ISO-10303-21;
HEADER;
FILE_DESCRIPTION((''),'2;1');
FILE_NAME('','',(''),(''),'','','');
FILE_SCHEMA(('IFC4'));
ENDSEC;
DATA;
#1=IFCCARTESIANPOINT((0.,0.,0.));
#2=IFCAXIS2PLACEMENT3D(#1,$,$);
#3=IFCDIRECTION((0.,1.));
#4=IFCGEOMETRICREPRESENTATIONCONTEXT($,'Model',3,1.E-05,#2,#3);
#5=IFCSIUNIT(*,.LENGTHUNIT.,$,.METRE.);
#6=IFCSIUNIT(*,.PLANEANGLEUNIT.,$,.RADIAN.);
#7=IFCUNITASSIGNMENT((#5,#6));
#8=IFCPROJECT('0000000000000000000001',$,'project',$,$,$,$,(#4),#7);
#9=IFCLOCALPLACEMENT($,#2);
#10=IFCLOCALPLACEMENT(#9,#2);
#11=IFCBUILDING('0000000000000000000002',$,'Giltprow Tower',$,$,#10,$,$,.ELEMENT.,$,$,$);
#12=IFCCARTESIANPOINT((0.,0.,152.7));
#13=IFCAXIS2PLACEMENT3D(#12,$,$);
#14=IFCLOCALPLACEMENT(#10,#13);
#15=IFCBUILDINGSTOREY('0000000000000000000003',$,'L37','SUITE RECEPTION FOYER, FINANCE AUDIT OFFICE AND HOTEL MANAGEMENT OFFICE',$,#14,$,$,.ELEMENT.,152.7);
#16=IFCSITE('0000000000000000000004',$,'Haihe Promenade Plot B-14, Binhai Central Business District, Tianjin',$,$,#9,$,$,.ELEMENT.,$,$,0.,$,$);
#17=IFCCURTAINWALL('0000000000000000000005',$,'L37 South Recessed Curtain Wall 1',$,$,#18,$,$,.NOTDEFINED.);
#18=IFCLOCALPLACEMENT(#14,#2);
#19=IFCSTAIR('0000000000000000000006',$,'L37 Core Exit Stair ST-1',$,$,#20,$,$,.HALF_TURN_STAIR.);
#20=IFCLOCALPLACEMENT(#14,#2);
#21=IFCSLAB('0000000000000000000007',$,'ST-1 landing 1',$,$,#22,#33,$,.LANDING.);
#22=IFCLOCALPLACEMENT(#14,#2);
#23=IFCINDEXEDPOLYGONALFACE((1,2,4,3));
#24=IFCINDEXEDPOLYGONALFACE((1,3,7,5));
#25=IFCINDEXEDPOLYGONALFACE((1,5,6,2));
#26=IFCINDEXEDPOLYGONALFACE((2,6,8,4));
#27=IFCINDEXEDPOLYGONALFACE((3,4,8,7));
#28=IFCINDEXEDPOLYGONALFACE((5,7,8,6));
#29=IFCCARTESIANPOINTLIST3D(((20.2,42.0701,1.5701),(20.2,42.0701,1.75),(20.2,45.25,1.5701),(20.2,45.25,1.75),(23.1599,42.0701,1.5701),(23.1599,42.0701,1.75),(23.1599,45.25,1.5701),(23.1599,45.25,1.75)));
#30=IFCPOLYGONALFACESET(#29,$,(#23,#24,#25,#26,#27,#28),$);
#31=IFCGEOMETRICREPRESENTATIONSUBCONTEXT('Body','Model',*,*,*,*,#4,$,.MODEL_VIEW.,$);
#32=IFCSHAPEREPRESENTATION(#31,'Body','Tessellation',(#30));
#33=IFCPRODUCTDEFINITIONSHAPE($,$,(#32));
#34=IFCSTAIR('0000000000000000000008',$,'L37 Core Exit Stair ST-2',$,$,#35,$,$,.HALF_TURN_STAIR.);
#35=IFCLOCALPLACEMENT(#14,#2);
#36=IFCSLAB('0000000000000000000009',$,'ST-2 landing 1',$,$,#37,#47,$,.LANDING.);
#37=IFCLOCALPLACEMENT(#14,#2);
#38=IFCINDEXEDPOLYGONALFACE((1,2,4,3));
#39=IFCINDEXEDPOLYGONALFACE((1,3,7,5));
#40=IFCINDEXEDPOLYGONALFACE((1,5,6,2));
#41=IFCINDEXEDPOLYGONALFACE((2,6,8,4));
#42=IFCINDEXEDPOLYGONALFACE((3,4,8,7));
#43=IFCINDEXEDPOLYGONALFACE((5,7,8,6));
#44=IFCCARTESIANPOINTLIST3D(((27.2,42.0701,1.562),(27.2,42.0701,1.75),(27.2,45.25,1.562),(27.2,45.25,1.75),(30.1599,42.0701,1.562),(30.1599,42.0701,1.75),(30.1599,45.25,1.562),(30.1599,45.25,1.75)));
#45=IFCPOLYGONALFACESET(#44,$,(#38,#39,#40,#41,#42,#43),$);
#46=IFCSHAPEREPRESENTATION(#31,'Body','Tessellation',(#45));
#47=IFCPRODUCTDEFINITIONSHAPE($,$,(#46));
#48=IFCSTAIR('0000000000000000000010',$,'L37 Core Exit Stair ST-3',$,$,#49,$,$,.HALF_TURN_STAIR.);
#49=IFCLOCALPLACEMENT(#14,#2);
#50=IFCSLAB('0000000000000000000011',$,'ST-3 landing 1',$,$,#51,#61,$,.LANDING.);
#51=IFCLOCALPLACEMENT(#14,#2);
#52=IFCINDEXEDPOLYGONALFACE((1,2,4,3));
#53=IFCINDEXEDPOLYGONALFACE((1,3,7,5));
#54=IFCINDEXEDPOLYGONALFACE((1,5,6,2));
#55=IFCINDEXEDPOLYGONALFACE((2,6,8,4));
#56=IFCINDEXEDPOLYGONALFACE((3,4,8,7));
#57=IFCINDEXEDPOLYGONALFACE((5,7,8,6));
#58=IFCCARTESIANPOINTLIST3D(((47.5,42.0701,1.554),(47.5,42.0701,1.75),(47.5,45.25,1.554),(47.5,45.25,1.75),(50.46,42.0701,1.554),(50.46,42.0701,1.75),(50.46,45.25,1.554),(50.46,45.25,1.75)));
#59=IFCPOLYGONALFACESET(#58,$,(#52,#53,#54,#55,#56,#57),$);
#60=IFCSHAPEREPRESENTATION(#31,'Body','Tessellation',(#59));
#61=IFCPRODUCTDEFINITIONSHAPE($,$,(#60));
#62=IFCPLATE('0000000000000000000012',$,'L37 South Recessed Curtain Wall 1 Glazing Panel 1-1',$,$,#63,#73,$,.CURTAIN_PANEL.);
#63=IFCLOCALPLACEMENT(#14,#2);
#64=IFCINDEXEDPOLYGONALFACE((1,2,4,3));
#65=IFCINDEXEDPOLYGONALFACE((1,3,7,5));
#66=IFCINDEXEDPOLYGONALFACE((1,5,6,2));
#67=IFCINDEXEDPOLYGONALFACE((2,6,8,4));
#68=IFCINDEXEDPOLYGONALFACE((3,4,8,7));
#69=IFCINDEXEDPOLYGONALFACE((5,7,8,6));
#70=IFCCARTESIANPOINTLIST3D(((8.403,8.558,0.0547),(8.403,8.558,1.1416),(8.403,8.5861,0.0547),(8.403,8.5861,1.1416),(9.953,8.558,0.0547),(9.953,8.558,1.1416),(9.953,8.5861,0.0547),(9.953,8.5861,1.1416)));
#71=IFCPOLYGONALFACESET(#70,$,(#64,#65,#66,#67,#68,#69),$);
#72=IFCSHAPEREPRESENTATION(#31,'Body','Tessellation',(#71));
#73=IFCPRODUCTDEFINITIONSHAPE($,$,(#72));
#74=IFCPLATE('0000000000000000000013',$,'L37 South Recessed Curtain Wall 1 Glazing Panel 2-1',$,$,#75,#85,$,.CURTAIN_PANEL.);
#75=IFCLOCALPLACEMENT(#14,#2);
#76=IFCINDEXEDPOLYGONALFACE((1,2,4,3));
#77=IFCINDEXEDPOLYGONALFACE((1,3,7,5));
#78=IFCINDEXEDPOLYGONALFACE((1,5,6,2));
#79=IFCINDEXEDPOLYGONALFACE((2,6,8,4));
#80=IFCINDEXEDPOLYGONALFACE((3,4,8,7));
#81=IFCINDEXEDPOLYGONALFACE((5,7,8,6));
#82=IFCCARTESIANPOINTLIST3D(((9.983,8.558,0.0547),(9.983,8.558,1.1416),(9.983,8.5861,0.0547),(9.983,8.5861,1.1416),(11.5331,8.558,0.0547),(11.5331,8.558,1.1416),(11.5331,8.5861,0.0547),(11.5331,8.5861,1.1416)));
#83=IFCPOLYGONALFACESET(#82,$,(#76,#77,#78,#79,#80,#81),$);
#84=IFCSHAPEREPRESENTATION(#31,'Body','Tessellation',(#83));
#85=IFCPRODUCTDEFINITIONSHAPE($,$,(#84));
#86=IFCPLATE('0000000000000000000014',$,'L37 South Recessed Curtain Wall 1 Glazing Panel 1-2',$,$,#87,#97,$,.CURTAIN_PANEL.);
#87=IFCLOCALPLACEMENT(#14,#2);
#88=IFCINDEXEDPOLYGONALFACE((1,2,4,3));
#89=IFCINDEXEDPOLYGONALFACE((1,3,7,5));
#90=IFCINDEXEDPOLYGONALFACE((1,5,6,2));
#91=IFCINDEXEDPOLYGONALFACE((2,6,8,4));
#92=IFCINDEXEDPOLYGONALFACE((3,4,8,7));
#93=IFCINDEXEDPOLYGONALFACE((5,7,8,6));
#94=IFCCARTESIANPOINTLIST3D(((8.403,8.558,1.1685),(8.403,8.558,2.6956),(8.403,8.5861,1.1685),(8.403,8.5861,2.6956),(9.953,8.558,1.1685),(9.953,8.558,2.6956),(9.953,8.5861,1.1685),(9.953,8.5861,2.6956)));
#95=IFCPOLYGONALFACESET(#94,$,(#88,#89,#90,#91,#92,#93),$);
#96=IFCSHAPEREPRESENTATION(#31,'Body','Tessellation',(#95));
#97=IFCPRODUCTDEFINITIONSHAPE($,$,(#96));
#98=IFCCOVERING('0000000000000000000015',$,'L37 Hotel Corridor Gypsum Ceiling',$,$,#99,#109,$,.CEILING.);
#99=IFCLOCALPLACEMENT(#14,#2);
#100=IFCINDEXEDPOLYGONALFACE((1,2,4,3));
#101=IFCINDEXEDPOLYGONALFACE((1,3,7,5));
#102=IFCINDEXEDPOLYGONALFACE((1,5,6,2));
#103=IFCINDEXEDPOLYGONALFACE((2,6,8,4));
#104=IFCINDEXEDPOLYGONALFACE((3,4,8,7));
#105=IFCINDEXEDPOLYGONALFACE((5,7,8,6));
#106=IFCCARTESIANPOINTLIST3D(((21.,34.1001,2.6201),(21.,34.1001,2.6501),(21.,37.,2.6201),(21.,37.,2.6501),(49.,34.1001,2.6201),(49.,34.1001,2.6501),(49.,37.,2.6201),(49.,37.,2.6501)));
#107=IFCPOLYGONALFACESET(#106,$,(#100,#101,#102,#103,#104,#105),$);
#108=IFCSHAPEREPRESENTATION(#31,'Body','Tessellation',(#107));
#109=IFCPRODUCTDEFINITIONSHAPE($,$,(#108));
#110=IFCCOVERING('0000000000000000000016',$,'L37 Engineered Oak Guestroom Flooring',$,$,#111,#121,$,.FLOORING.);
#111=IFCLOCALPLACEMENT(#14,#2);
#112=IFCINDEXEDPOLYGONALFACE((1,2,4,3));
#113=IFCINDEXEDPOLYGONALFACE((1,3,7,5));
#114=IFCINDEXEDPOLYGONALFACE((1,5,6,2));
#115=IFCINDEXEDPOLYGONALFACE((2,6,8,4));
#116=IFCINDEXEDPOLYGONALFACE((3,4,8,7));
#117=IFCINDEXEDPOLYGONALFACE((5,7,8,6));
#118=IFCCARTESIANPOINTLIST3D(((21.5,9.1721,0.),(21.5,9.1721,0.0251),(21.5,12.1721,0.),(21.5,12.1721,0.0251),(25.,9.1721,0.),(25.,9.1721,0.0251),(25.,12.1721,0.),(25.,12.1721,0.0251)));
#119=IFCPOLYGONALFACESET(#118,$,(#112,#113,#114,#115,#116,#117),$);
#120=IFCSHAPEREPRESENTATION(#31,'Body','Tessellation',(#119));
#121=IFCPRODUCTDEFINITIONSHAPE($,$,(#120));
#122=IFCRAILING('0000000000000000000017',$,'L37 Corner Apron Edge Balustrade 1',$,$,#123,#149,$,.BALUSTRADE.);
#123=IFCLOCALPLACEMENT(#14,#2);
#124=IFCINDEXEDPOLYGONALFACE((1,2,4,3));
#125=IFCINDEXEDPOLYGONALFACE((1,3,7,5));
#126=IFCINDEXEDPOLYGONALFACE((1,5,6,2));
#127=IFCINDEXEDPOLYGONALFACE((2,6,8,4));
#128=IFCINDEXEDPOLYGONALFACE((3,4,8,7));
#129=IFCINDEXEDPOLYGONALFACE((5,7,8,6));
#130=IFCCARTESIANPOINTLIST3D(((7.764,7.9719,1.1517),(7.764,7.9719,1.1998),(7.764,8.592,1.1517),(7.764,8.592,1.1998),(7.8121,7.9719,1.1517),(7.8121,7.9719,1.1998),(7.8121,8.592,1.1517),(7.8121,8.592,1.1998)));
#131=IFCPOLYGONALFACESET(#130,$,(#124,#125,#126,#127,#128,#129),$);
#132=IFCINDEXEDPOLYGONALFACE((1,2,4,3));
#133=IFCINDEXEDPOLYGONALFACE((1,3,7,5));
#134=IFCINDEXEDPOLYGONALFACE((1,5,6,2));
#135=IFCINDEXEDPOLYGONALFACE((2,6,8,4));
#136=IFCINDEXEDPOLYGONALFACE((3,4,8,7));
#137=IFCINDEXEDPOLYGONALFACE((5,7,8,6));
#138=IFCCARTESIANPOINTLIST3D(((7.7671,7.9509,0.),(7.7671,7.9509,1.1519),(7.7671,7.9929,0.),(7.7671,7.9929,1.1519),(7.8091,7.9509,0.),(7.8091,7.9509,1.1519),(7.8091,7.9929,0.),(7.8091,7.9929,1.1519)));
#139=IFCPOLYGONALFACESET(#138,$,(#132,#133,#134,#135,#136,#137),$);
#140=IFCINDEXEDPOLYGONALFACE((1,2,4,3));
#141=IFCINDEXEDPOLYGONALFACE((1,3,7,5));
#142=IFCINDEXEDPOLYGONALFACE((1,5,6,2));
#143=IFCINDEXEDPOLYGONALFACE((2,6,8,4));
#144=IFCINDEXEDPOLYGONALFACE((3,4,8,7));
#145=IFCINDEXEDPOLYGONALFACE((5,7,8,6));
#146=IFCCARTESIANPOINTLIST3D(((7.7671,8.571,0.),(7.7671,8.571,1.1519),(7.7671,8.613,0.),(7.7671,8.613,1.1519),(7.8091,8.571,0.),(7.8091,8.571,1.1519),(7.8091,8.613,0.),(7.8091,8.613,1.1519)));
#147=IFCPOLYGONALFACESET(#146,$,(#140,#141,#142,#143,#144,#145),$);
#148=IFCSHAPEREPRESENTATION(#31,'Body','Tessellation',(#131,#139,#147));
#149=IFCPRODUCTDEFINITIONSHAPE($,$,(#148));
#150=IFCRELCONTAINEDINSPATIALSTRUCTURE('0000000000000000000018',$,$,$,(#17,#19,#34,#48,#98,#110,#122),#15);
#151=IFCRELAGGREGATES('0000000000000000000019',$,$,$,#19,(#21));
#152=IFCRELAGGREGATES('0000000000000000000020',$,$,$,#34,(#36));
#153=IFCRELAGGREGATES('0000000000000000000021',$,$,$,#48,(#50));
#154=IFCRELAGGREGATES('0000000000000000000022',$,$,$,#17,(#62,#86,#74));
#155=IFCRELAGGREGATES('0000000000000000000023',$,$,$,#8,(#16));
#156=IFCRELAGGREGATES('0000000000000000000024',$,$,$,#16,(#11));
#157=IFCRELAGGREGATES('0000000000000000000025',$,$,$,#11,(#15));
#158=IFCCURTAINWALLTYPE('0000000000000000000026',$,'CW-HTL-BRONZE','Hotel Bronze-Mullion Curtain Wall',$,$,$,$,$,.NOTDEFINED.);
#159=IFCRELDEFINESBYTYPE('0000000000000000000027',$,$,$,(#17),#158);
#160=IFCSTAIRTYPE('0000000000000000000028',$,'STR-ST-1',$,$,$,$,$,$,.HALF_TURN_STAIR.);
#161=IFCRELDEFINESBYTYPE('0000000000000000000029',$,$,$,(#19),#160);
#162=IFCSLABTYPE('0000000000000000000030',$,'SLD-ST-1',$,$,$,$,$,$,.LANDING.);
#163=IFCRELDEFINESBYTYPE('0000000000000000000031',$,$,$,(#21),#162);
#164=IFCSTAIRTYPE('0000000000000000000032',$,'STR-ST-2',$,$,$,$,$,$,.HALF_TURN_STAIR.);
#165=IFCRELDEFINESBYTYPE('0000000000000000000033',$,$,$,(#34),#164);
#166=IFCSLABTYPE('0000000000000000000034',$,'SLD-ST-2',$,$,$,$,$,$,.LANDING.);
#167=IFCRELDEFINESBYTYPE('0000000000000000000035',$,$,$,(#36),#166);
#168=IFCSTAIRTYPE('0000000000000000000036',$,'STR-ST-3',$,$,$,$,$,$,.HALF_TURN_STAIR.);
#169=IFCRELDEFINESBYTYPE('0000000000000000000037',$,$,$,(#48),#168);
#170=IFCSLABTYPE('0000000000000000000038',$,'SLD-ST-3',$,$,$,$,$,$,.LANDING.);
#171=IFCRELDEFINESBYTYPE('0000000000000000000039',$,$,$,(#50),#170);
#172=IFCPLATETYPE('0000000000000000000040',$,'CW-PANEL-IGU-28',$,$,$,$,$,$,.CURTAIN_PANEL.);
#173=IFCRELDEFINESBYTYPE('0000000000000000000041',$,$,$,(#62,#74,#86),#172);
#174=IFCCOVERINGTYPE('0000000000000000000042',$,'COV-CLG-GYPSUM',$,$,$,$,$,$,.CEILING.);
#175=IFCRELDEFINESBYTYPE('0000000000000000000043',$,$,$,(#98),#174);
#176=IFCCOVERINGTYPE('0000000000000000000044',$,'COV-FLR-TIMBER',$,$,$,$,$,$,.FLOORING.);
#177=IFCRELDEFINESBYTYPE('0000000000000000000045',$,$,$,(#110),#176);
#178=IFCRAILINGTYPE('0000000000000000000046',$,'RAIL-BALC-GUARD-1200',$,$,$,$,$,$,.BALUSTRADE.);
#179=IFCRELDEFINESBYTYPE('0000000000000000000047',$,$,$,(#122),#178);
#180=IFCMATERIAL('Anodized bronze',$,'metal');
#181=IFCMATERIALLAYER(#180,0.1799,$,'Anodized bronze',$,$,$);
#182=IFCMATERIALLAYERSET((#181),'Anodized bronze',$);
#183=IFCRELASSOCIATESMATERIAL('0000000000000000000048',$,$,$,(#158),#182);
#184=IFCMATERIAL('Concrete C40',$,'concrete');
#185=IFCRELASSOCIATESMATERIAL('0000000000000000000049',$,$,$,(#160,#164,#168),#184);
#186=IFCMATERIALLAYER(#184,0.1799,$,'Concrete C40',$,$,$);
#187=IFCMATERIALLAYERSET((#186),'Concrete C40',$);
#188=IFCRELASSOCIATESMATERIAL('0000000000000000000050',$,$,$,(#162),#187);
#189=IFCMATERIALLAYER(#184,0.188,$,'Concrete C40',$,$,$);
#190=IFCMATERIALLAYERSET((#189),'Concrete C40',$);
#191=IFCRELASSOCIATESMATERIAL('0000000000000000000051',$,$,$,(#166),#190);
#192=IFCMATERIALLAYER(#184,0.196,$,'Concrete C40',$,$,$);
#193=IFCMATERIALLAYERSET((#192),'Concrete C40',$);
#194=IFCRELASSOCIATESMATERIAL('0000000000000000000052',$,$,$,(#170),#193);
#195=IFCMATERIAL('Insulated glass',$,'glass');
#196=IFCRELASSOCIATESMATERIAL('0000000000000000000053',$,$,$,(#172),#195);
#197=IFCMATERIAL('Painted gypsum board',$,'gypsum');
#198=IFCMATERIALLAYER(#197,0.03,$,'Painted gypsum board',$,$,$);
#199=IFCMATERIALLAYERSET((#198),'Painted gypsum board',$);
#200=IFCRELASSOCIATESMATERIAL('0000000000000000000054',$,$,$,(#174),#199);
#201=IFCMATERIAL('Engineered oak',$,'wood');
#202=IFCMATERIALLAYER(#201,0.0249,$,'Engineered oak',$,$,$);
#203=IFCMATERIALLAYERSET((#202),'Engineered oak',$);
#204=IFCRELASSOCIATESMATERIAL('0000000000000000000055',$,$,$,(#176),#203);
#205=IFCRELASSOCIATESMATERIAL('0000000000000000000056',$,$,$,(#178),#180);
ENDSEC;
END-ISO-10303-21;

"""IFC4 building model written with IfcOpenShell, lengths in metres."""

from ifc_helpers import new_model, si_unit, direction, frame, origin, origin_2d, place, context, subcontext, project, spatial, polyline, rectangle, outline, extrude, source, transform, mapped, material, layer, layer_set, type_object, element, aggregate, save


model = new_model("IFC4")

# Units and contexts
model_context = context("Model", 3, precision=1e-05, world=origin(), true_north=direction((0.0, 1.0)))
body_context = subcontext(model_context, "Body", "Model", "MODEL_VIEW")
ifc_project = project(units=[si_unit("LENGTHUNIT", "METRE"), si_unit("PLANEANGLEUNIT", "RADIAN")], contexts=[model_context])

# Site, building, storey
site_placement = place(None, origin())
site = spatial("IfcSite", under=ifc_project, at=site_placement, Name="Haihe Promenade Plot B-14, Binhai Central Business District, Tianjin", CompositionType="ELEMENT", RefElevation=0.0)
building_placement = place(site_placement, origin())
building = spatial("IfcBuilding", under=site, at=building_placement, Name="Giltprow Tower", CompositionType="ELEMENT")
storey_placement = place(building_placement, frame((0.0, 0.0, 152.7)))
storey = spatial("IfcBuildingStorey", under=building, at=storey_placement, Name="L37", Description="SUITE RECEPTION FOYER, FINANCE AUDIT OFFICE AND HOTEL MANAGEMENT OFFICE", CompositionType="ELEMENT", Elevation=152.7)

# Curtain wall
ifc_material_1 = material(Name="Anodized bronze", Category="metal")
ifc_layer_1 = layer(ifc_material_1, 0.1799, Name="Anodized bronze")
ifc_layer_set_1 = layer_set([ifc_layer_1], Name="Anodized bronze")
curtain_wall_type = type_object("IfcCurtainWallType", Name="CW-HTL-BRONZE", Description="Hotel Bronze-Mullion Curtain Wall", PredefinedType="NOTDEFINED", material=ifc_layer_set_1)
curtain_wall_placement = place(storey_placement, origin())
curtain_wall = element("IfcCurtainWall", 1, at=curtain_wall_placement, inside=storey, type_object=curtain_wall_type, Name="L37 South Recessed Curtain Wall 1", PredefinedType="NOTDEFINED")

# Shared definitions
ifc_material_2 = material(Name="Concrete C40", Category="concrete")

# Stairs, slabs
stair_type_1 = type_object("IfcStairType", Name="STR-ST-1", PredefinedType="HALF_TURN_STAIR", material=ifc_material_2)
stair_1_placement = place(storey_placement, origin())
stair_1 = element("IfcStair", 2, at=stair_1_placement, inside=storey, type_object=stair_type_1, Name="L37 Core Exit Stair ST-1", PredefinedType="HALF_TURN_STAIR")
ifc_layer_2 = layer(ifc_material_2, 0.1799, Name="Concrete C40")
ifc_layer_set_2 = layer_set([ifc_layer_2], Name="Concrete C40")
slab_type_1 = type_object("IfcSlabType", Name="SLD-ST-1", PredefinedType="LANDING", material=ifc_layer_set_2)
slab_1_placement = place(storey_placement, frame((0.0, 0.0, 1.5701)))
slab_1 = element("IfcSlab", 3, at=slab_1_placement, type_object=slab_type_1, Name="ST-1 landing 1", PredefinedType="LANDING", context=body_context, shape_type="SweptSolid", body=[
    extrude(outline(polyline([(23.1599, 42.0701), (23.1599, 45.25), (20.2, 45.25), (20.2, 42.0701), (23.1599, 42.0701)])), origin(), (0.0, 0.0, 1.0), 0.1799),
])
aggregate(stair_1, [slab_1])
stair_type_2 = type_object("IfcStairType", Name="STR-ST-2", PredefinedType="HALF_TURN_STAIR", material=ifc_material_2)
stair_2_placement = place(storey_placement, origin())
stair_2 = element("IfcStair", 4, at=stair_2_placement, inside=storey, type_object=stair_type_2, Name="L37 Core Exit Stair ST-2", PredefinedType="HALF_TURN_STAIR")
ifc_layer_3 = layer(ifc_material_2, 0.188, Name="Concrete C40")
ifc_layer_set_3 = layer_set([ifc_layer_3], Name="Concrete C40")
slab_type_2 = type_object("IfcSlabType", Name="SLD-ST-2", PredefinedType="LANDING", material=ifc_layer_set_3)
slab_2_placement = place(storey_placement, frame((0.0, 0.0, 1.562)))
slab_2 = element("IfcSlab", 5, at=slab_2_placement, type_object=slab_type_2, Name="ST-2 landing 1", PredefinedType="LANDING", context=body_context, shape_type="SweptSolid", body=[
    extrude(outline(polyline([(30.1599, 42.0701), (30.1599, 45.25), (27.2, 45.25), (27.2, 42.0701), (30.1599, 42.0701)])), origin(), (0.0, 0.0, 1.0), 0.188),
])
aggregate(stair_2, [slab_2])
stair_type_3 = type_object("IfcStairType", Name="STR-ST-3", PredefinedType="HALF_TURN_STAIR", material=ifc_material_2)
stair_3_placement = place(storey_placement, origin())
stair_3 = element("IfcStair", 6, at=stair_3_placement, inside=storey, type_object=stair_type_3, Name="L37 Core Exit Stair ST-3", PredefinedType="HALF_TURN_STAIR")
ifc_layer_4 = layer(ifc_material_2, 0.196, Name="Concrete C40")
ifc_layer_set_4 = layer_set([ifc_layer_4], Name="Concrete C40")
slab_type_3 = type_object("IfcSlabType", Name="SLD-ST-3", PredefinedType="LANDING", material=ifc_layer_set_4)
slab_3_placement = place(storey_placement, frame((0.0, 0.0, 1.554)))
slab_3 = element("IfcSlab", 7, at=slab_3_placement, type_object=slab_type_3, Name="ST-3 landing 1", PredefinedType="LANDING", context=body_context, shape_type="SweptSolid", body=[
    extrude(outline(polyline([(50.46, 42.0701), (50.46, 45.25), (47.5, 45.25), (47.5, 42.0701), (50.46, 42.0701)])), origin(), (0.0, 0.0, 1.0), 0.196),
])
aggregate(stair_3, [slab_3])

# Plates
ifc_material_3 = material(Name="Insulated glass", Category="glass")
plate_type = type_object("IfcPlateType", Name="CW-PANEL-IGU-28", PredefinedType="CURTAIN_PANEL", material=ifc_material_3)
shared_shape_1 = source(origin(), body_context, "Body", "SweptSolid", [
    extrude(rectangle(XDim=1.55, YDim=0.0281, at=origin_2d()), origin(), (0.0, 0.0, 1.0), 1.0869),
])
plate_1_placement = place(storey_placement, frame((9.178, 8.572, 0.0547), z_axis=(0.0, 0.0, 1.0), x_axis=(1.0, 0.0, 0.0)))
plate_1 = element("IfcPlate", 8, at=plate_1_placement, type_object=plate_type, Name="L37 South Recessed Curtain Wall 1 Glazing Panel 1-1", PredefinedType="CURTAIN_PANEL", context=body_context, shape_type="MappedRepresentation", body=[
    mapped(shared_shape_1, transform((0.0, 0.0, 0.0), x_axis=(1.0, 0.0, 0.0), y_axis=(0.0, 1.0, 0.0), z_axis=(0.0, 0.0, 1.0), scale=1.0)),
])
plate_2_placement = place(storey_placement, frame((10.7581, 8.572, 0.0547), z_axis=(0.0, 0.0, 1.0), x_axis=(1.0, 0.0, 0.0)))
plate_2 = element("IfcPlate", 9, at=plate_2_placement, type_object=plate_type, Name="L37 South Recessed Curtain Wall 1 Glazing Panel 2-1", PredefinedType="CURTAIN_PANEL", context=body_context, shape_type="MappedRepresentation", body=[
    mapped(shared_shape_1, transform((0.0, 0.0, 0.0), x_axis=(1.0, 0.0, 0.0), y_axis=(0.0, 1.0, 0.0), z_axis=(0.0, 0.0, 1.0), scale=1.0)),
])
shared_shape_2 = source(origin(), body_context, "Body", "SweptSolid", [
    extrude(rectangle(XDim=1.55, YDim=0.0281, at=origin_2d()), origin(), (0.0, 0.0, 1.0), 1.5271),
])
plate_3_placement = place(storey_placement, frame((9.178, 8.572, 1.1685), z_axis=(0.0, 0.0, 1.0), x_axis=(1.0, 0.0, 0.0)))
plate_3 = element("IfcPlate", 10, at=plate_3_placement, type_object=plate_type, Name="L37 South Recessed Curtain Wall 1 Glazing Panel 1-2", PredefinedType="CURTAIN_PANEL", context=body_context, shape_type="MappedRepresentation", body=[
    mapped(shared_shape_2, transform((0.0, 0.0, 0.0), x_axis=(1.0, 0.0, 0.0), y_axis=(0.0, 1.0, 0.0), z_axis=(0.0, 0.0, 1.0), scale=1.0)),
])
aggregate(curtain_wall, [plate_1, plate_3, plate_2])

# Coverings
ifc_material_4 = material(Name="Painted gypsum board", Category="gypsum")
ifc_layer_5 = layer(ifc_material_4, 0.03, Name="Painted gypsum board")
ifc_layer_set_5 = layer_set([ifc_layer_5], Name="Painted gypsum board")
covering_type_1 = type_object("IfcCoveringType", Name="COV-CLG-GYPSUM", PredefinedType="CEILING", material=ifc_layer_set_5)
covering_1_placement = place(storey_placement, frame((0.0, 0.0, 2.6201)))
element("IfcCovering", 11, at=covering_1_placement, inside=storey, type_object=covering_type_1, Name="L37 Hotel Corridor Gypsum Ceiling", PredefinedType="CEILING", context=body_context, shape_type="SweptSolid", body=[
    extrude(outline(polyline([(21.0, 34.1001), (49.0, 34.1001), (49.0, 37.0), (21.0, 37.0), (21.0, 34.1001)])), origin(), (0.0, 0.0, 1.0), 0.03),
])
ifc_material_5 = material(Name="Engineered oak", Category="wood")
ifc_layer_6 = layer(ifc_material_5, 0.0249, Name="Engineered oak")
ifc_layer_set_6 = layer_set([ifc_layer_6], Name="Engineered oak")
covering_type_2 = type_object("IfcCoveringType", Name="COV-FLR-TIMBER", PredefinedType="FLOORING", material=ifc_layer_set_6)
covering_2_placement = place(storey_placement, origin())
element("IfcCovering", 12, at=covering_2_placement, inside=storey, type_object=covering_type_2, Name="L37 Engineered Oak Guestroom Flooring", PredefinedType="FLOORING", context=body_context, shape_type="SweptSolid", body=[
    extrude(outline(polyline([(21.5, 9.1721), (25.0, 9.1721), (25.0, 12.1721), (21.5, 12.1721), (21.5, 9.1721)])), origin(), (0.0, 0.0, 1.0), 0.0251),
])

# Railing
railing_type = type_object("IfcRailingType", Name="RAIL-BALC-GUARD-1200", PredefinedType="BALUSTRADE", material=ifc_material_1)
railing_placement = place(storey_placement, frame((7.7881, 7.9719, 0.0)))
element("IfcRailing", 13, at=railing_placement, inside=storey, type_object=railing_type, Name="L37 Corner Apron Edge Balustrade 1", PredefinedType="BALUSTRADE", context=body_context, shape_type="SweptSolid", body=[
    extrude(rectangle(XDim=0.0481, YDim=0.0481, at=origin_2d()), frame((0.0, 0.0, 1.1758), z_axis=(0.0, 1.0, 0.0), x_axis=(-1.0, 0.0, 0.0)), (0.0, 0.0, 1.0), 0.6201),
    extrude(rectangle(XDim=0.042, YDim=0.042, at=origin_2d()), origin(), (0.0, 0.0, 1.0), 1.1519),
    extrude(rectangle(XDim=0.042, YDim=0.042, at=origin_2d()), frame((0.0, 0.6201, 0.0)), (0.0, 0.0, 1.0), 1.1519),
])

save(model, "model.ifc")
